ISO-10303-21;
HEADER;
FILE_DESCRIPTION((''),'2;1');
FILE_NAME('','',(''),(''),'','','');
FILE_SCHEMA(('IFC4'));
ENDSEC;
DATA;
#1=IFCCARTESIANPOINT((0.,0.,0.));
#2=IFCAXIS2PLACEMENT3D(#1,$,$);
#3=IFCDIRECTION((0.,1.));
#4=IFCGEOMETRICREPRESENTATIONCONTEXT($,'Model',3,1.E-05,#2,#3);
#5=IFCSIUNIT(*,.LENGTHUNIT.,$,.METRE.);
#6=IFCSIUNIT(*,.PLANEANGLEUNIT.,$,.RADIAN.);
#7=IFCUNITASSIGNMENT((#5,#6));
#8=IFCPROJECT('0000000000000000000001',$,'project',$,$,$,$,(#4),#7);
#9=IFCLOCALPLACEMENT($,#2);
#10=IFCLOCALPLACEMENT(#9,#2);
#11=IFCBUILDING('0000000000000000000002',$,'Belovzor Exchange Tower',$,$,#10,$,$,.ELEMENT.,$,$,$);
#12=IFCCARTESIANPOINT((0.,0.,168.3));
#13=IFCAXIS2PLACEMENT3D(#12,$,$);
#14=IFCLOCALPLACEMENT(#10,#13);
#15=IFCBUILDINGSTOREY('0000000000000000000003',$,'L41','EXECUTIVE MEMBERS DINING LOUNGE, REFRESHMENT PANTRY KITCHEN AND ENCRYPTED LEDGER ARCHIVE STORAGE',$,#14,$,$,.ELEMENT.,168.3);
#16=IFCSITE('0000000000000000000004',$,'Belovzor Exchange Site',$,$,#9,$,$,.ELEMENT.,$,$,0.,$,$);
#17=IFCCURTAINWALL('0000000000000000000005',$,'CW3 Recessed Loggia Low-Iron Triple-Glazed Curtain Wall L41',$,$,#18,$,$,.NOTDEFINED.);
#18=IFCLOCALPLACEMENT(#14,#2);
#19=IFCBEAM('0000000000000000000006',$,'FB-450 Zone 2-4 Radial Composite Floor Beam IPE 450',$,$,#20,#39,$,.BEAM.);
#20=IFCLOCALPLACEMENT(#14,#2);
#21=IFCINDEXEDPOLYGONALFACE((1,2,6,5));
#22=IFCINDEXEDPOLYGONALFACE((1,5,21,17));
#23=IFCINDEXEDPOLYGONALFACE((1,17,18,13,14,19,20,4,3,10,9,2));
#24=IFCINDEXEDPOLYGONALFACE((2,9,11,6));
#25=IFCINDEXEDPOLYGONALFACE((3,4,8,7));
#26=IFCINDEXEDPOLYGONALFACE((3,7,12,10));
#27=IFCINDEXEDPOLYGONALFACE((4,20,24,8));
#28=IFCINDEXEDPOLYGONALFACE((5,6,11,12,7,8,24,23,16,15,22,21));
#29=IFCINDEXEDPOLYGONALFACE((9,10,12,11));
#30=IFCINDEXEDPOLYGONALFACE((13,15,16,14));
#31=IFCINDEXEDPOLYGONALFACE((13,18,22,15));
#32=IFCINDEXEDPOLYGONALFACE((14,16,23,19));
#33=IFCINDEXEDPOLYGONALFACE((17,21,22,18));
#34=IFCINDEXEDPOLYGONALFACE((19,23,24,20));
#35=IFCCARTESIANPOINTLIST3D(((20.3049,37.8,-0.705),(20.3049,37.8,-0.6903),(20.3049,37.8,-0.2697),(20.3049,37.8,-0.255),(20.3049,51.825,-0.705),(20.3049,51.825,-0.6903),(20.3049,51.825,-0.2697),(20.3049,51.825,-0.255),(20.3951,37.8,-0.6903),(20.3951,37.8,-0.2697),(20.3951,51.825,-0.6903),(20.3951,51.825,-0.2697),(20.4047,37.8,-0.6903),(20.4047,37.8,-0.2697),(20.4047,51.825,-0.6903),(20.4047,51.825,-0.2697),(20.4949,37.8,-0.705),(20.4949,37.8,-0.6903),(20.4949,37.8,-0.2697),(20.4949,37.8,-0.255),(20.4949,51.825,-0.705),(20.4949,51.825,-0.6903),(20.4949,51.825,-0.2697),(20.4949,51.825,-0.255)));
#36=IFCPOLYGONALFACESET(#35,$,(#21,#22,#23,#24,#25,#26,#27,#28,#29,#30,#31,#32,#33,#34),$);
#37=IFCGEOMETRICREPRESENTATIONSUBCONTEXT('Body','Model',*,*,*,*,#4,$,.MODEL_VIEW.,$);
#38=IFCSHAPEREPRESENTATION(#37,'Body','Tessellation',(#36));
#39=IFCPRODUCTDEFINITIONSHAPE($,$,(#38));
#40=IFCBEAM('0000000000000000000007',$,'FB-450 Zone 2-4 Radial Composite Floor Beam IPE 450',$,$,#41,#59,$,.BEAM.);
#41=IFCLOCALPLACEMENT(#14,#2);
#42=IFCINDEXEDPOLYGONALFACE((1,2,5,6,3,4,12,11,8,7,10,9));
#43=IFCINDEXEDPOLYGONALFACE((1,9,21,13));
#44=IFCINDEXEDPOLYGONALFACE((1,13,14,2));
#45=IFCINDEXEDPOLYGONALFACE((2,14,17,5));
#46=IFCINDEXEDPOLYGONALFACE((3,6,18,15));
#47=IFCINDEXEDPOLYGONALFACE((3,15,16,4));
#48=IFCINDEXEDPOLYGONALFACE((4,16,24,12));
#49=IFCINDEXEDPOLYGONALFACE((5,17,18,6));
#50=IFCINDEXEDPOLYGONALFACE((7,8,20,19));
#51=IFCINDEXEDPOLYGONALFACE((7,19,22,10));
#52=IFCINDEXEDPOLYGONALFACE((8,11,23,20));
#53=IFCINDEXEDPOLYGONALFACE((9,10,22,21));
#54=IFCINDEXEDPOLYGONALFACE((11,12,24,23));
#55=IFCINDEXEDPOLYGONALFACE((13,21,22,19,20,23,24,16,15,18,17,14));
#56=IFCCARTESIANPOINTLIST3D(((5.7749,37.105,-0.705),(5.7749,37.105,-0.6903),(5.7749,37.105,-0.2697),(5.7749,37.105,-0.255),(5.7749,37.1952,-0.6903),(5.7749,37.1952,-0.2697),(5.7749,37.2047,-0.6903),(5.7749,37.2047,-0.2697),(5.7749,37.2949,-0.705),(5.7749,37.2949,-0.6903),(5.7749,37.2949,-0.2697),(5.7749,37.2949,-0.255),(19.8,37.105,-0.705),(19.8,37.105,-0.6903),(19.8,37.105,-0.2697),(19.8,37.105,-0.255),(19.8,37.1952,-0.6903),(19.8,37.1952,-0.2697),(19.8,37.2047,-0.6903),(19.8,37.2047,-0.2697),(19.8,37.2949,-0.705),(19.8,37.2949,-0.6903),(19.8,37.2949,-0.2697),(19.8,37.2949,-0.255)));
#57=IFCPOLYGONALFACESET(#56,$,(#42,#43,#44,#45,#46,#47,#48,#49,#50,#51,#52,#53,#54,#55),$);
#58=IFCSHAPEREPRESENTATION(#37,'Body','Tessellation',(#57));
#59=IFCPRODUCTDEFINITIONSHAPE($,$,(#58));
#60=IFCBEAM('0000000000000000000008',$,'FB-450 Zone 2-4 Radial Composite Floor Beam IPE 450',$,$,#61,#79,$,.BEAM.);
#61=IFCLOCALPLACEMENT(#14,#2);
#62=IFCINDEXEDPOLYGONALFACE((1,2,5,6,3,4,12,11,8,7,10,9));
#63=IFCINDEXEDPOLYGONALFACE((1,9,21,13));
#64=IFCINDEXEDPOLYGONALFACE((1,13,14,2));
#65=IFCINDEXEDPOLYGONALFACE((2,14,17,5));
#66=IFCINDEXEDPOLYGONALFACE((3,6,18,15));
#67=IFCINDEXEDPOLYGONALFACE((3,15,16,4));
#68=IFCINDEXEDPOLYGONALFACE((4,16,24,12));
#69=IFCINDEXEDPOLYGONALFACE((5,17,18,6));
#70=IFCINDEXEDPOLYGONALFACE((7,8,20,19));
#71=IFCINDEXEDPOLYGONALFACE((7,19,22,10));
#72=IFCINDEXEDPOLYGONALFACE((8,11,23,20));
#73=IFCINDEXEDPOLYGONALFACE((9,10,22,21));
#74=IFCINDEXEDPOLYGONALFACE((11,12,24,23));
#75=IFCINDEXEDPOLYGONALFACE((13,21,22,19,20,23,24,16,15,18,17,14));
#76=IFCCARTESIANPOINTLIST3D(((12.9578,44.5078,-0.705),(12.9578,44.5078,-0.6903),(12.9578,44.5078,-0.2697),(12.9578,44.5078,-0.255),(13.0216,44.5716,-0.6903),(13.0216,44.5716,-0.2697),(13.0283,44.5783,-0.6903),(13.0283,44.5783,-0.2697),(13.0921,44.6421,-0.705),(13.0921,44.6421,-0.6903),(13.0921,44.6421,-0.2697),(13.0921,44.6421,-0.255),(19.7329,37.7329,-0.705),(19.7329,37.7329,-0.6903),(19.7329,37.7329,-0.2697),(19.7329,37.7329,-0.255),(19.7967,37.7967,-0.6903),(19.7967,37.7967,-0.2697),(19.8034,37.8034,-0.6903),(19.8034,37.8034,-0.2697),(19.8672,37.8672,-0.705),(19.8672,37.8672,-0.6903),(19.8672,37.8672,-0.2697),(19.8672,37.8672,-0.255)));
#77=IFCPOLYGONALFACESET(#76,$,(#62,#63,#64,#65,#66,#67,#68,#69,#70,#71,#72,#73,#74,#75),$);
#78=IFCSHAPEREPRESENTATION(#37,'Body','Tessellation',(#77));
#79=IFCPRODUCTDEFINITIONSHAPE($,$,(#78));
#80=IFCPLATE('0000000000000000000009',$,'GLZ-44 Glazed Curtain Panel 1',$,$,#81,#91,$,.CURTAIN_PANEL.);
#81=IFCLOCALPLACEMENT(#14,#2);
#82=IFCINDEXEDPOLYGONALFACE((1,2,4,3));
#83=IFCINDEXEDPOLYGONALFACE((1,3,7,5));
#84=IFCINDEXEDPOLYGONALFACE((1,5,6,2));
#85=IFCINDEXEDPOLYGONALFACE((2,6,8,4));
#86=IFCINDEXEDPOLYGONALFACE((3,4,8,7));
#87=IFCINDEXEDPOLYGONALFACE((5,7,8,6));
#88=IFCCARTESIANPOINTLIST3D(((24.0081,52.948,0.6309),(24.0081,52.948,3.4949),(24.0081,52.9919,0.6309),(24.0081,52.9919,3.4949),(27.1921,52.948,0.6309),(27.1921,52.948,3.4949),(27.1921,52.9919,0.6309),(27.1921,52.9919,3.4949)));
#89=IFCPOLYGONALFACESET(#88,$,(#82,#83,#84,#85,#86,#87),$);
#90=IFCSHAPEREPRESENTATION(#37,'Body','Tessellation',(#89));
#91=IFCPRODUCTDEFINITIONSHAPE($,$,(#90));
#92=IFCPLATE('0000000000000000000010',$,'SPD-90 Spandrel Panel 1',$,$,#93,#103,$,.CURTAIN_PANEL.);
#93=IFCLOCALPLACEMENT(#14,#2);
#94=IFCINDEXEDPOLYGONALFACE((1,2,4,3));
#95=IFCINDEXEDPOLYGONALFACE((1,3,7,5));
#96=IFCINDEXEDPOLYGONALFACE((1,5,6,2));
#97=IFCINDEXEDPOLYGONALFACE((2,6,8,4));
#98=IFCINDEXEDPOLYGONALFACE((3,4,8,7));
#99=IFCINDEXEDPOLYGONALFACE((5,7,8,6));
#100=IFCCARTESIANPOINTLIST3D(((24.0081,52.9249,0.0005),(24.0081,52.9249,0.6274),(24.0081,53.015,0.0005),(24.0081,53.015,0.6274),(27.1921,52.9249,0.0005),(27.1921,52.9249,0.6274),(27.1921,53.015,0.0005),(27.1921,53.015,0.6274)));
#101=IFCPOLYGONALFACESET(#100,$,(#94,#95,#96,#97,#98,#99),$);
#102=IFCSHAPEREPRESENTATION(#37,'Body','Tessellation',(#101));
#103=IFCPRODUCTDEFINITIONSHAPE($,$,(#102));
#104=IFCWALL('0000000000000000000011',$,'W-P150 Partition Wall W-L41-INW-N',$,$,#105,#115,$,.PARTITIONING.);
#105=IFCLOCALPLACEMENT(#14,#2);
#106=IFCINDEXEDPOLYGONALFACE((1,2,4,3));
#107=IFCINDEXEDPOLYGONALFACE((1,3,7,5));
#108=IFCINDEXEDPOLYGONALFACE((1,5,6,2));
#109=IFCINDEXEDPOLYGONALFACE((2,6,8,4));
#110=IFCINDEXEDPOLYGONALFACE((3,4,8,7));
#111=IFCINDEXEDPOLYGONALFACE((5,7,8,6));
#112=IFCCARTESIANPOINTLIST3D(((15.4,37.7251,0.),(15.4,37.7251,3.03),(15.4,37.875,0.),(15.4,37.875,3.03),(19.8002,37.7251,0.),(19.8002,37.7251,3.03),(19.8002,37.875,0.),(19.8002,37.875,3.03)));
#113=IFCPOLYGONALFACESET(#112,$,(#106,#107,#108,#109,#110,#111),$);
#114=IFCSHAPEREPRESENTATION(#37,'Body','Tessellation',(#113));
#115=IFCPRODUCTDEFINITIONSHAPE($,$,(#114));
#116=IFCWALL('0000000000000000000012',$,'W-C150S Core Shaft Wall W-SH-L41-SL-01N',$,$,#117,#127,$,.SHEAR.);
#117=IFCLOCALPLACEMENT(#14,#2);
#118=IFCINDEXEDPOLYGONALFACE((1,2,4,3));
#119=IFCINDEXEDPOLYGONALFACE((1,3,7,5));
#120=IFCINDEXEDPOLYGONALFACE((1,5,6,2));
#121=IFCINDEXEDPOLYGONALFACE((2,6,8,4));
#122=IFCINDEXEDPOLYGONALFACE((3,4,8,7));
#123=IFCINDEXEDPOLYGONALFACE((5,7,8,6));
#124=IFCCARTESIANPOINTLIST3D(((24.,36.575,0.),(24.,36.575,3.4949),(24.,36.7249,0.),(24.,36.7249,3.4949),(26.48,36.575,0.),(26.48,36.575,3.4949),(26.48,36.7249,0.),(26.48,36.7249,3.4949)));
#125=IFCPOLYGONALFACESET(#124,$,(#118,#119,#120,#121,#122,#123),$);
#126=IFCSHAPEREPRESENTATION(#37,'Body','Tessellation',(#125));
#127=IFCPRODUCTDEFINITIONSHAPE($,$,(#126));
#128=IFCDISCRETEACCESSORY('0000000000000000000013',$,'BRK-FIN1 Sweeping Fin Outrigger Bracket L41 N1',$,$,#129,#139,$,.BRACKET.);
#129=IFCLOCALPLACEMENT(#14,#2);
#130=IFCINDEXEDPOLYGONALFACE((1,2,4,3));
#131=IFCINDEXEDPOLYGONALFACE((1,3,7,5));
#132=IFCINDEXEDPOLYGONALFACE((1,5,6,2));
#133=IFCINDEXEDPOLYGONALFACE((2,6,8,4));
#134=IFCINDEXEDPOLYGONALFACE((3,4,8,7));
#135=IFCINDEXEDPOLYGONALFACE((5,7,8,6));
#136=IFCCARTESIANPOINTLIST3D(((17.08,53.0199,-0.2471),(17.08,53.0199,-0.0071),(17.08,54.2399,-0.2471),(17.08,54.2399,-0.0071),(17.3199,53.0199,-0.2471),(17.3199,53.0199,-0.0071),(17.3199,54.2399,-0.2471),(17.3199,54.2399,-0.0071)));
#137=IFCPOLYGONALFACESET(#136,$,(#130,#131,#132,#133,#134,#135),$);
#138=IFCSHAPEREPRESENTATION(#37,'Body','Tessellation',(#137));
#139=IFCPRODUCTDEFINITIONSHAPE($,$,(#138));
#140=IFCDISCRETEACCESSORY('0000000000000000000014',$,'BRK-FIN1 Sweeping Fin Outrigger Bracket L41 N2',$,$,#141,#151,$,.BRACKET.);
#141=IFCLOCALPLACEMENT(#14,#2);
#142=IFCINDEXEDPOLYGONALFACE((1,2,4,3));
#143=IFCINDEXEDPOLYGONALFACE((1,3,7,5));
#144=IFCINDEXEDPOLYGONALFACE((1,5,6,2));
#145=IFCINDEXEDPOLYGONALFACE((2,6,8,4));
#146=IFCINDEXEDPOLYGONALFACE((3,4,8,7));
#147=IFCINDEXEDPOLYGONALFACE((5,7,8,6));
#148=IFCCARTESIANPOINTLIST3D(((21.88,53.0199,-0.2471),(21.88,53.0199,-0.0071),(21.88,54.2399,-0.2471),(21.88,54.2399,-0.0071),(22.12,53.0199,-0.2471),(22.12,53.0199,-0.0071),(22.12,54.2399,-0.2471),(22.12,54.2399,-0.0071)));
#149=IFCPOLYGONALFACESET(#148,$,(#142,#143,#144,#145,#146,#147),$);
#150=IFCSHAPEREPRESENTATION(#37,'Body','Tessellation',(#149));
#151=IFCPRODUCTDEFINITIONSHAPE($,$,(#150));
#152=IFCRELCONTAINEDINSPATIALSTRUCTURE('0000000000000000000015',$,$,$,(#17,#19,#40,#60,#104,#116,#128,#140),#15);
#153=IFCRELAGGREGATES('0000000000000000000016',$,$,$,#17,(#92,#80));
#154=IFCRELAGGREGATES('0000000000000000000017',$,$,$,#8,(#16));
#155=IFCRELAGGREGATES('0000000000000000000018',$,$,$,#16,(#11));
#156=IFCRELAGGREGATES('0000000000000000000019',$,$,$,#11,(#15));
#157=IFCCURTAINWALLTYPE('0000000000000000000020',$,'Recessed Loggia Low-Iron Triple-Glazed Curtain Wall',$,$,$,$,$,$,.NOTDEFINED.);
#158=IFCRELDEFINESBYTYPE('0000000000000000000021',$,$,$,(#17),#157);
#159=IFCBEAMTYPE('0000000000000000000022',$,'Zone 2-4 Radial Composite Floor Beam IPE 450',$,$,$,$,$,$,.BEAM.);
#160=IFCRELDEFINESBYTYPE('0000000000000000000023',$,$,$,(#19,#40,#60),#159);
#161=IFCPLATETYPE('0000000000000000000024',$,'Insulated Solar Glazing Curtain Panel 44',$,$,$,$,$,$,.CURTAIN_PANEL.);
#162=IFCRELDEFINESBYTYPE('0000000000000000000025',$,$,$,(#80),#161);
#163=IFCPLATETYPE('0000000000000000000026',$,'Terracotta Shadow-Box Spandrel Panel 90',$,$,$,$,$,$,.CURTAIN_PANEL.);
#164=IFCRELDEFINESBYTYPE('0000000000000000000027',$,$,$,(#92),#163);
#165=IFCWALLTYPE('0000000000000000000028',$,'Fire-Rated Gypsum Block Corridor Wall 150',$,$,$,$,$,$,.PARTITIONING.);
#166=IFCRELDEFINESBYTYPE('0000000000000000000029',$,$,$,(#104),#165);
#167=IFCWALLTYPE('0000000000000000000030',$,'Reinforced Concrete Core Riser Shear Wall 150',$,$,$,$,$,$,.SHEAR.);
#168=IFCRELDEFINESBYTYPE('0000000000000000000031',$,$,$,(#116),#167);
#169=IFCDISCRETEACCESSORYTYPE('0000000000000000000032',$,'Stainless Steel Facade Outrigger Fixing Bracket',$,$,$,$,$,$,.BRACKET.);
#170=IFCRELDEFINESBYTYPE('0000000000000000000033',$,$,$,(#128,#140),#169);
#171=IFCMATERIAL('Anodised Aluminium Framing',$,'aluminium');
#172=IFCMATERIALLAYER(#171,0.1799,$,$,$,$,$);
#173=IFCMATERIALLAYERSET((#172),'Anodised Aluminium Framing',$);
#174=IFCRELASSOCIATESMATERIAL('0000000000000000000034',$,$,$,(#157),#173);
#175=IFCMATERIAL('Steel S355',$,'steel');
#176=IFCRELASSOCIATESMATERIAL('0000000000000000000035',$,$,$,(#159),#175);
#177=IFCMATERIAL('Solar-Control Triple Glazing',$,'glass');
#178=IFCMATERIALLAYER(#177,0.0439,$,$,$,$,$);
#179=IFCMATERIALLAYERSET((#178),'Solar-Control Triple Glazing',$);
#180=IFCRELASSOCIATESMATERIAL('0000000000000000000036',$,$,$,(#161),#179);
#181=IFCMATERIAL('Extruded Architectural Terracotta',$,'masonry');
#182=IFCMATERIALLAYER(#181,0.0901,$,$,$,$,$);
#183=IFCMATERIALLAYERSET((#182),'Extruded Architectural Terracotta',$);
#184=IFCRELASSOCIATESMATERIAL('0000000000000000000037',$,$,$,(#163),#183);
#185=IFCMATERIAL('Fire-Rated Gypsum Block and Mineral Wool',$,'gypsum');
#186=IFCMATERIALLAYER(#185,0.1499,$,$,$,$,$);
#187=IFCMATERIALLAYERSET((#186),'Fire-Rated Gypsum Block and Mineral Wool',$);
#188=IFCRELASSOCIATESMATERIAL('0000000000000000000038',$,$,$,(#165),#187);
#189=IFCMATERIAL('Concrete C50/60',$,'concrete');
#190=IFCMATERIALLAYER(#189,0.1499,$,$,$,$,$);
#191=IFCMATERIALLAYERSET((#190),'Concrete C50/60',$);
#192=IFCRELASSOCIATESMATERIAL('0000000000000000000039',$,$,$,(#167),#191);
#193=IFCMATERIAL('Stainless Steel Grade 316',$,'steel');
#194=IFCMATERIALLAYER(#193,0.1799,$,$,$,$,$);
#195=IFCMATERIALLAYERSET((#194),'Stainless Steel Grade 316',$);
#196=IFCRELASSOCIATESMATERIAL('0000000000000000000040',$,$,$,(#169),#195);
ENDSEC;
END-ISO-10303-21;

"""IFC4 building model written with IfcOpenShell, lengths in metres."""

from ifc_helpers import new_model, si_unit, direction, frame, frame_2d, origin, origin_2d, place, context, subcontext, project, spatial, rectangle, i_section, extrude, material, layer, layer_set, material_profile, profile_set, type_object, element, aggregate, save


model = new_model("IFC4")

# Units and contexts
model_context = context("Model", 3, precision=1e-05, world=origin(), true_north=direction((0.0, 1.0)))
body_context = subcontext(model_context, "Body", "Model", "MODEL_VIEW")
ifc_project = project(units=[si_unit("LENGTHUNIT", "METRE"), si_unit("PLANEANGLEUNIT", "RADIAN")], contexts=[model_context])

# Site, building, storey
site_placement = place(None, origin())
site = spatial("IfcSite", under=ifc_project, at=site_placement, Name="Belovzor Exchange Site", CompositionType="ELEMENT", RefElevation=0.0)
building_placement = place(site_placement, origin())
building = spatial("IfcBuilding", under=site, at=building_placement, Name="Belovzor Exchange Tower", CompositionType="ELEMENT")
storey_placement = place(building_placement, frame((0.0, 0.0, 168.3)))
storey = spatial("IfcBuildingStorey", under=building, at=storey_placement, Name="L41", Description="EXECUTIVE MEMBERS DINING LOUNGE, REFRESHMENT PANTRY KITCHEN AND ENCRYPTED LEDGER ARCHIVE STORAGE", CompositionType="ELEMENT", Elevation=168.3)

# Curtain wall
ifc_material_1 = material(Name="Anodised Aluminium Framing", Category="aluminium")
ifc_layer_1 = layer(ifc_material_1, 0.1799)
ifc_layer_set_1 = layer_set([ifc_layer_1], Name="Anodised Aluminium Framing")
curtain_wall_type = type_object("IfcCurtainWallType", Name="Recessed Loggia Low-Iron Triple-Glazed Curtain Wall", PredefinedType="NOTDEFINED", material=ifc_layer_set_1)
curtain_wall_placement = place(storey_placement, origin())
curtain_wall = element("IfcCurtainWall", 1, at=curtain_wall_placement, inside=storey, type_object=curtain_wall_type, Name="CW3 Recessed Loggia Low-Iron Triple-Glazed Curtain Wall L41", PredefinedType="NOTDEFINED")

# Beams
ifc_material_2 = material(Name="Steel S355", Category="steel")
ifc_material_profile_1 = material_profile(ifc_material_2, i_section(OverallWidth=0.1899, OverallDepth=0.45, WebThickness=0.0095, FlangeThickness=0.0146, at=origin_2d()))
ifc_profile_set_1 = profile_set([ifc_material_profile_1], Name="Steel S355")
beam_type_1 = type_object("IfcBeamType", Name="Zone 2-4 Radial Composite Floor Beam IPE 450", PredefinedType="BEAM", material=ifc_profile_set_1)
beam_1_placement = place(storey_placement, frame((20.3999, 37.8, -0.48), z_axis=(0.0, 1.0, 0.0), x_axis=(-1.0, 0.0, 0.0)))
element("IfcBeam", 2, at=beam_1_placement, inside=storey, type_object=beam_type_1, Name="FB-450 Zone 2-4 Radial Composite Floor Beam IPE 450", PredefinedType="BEAM", context=body_context, shape_type="SweptSolid", body=[
    extrude(i_section(OverallWidth=0.1899, OverallDepth=0.45, WebThickness=0.0095, FlangeThickness=0.0146, at=origin_2d()), origin(), (0.0, 0.0, 1.0), 14.0249),
])
beam_2_placement = place(storey_placement, frame((19.8, 37.2, -0.48), z_axis=(-1.0, 0.0, 0.0), x_axis=(0.0, -1.0, 0.0)))
element("IfcBeam", 3, at=beam_2_placement, inside=storey, type_object=beam_type_1, Name="FB-450 Zone 2-4 Radial Composite Floor Beam IPE 450", PredefinedType="BEAM", context=body_context, shape_type="SweptSolid", body=[
    extrude(i_section(OverallWidth=0.1899, OverallDepth=0.45, WebThickness=0.0095, FlangeThickness=0.0146, at=origin_2d()), origin(), (0.0, 0.0, 1.0), 14.0251),
])
beam_3_placement = place(storey_placement, frame((19.8, 37.8, -0.48), z_axis=(-0.70712, 0.707094, 0.0), x_axis=(-0.707094, -0.70712, 0.0)))
element("IfcBeam", 4, at=beam_3_placement, inside=storey, type_object=beam_type_1, Name="FB-450 Zone 2-4 Radial Composite Floor Beam IPE 450", PredefinedType="BEAM", context=body_context, shape_type="SweptSolid", body=[
    extrude(i_section(OverallWidth=0.1899, OverallDepth=0.45, WebThickness=0.0095, FlangeThickness=0.0146, at=origin_2d()), origin(), (0.0, 0.0, 1.0), 9.5813),
])

# Plates
ifc_material_3 = material(Name="Solar-Control Triple Glazing", Category="glass")
ifc_layer_2 = layer(ifc_material_3, 0.0439)
ifc_layer_set_2 = layer_set([ifc_layer_2], Name="Solar-Control Triple Glazing")
plate_type_1 = type_object("IfcPlateType", Name="Insulated Solar Glazing Curtain Panel 44", PredefinedType="CURTAIN_PANEL", material=ifc_layer_set_2)
plate_1_placement = place(storey_placement, frame((25.6001, 52.97, 0.6309), z_axis=(0.0, 0.0, 1.0), x_axis=(1.0, 0.0, 0.0)))
plate_1 = element("IfcPlate", 5, at=plate_1_placement, type_object=plate_type_1, Name="GLZ-44 Glazed Curtain Panel 1", PredefinedType="CURTAIN_PANEL", context=body_context, shape_type="SweptSolid", body=[
    extrude(rectangle(XDim=3.1841, YDim=0.0439, at=origin_2d()), origin(), (0.0, 0.0, 1.0), 2.864),
])
ifc_material_4 = material(Name="Extruded Architectural Terracotta", Category="masonry")
ifc_layer_3 = layer(ifc_material_4, 0.0901)
ifc_layer_set_3 = layer_set([ifc_layer_3], Name="Extruded Architectural Terracotta")
plate_type_2 = type_object("IfcPlateType", Name="Terracotta Shadow-Box Spandrel Panel 90", PredefinedType="CURTAIN_PANEL", material=ifc_layer_set_3)
plate_2_placement = place(storey_placement, frame((25.6001, 52.97, 0.0005), z_axis=(0.0, 0.0, 1.0), x_axis=(1.0, 0.0, 0.0)))
plate_2 = element("IfcPlate", 6, at=plate_2_placement, type_object=plate_type_2, Name="SPD-90 Spandrel Panel 1", PredefinedType="CURTAIN_PANEL", context=body_context, shape_type="SweptSolid", body=[
    extrude(rectangle(XDim=3.1841, YDim=0.0901, at=origin_2d()), origin(), (0.0, 0.0, 1.0), 0.627),
])
aggregate(curtain_wall, [plate_2, plate_1])

# Walls
ifc_material_5 = material(Name="Fire-Rated Gypsum Block and Mineral Wool", Category="gypsum")
ifc_layer_4 = layer(ifc_material_5, 0.1499)
ifc_layer_set_4 = layer_set([ifc_layer_4], Name="Fire-Rated Gypsum Block and Mineral Wool")
wall_type_1 = type_object("IfcWallType", Name="Fire-Rated Gypsum Block Corridor Wall 150", PredefinedType="PARTITIONING", material=ifc_layer_set_4)
wall_1_placement = place(storey_placement, frame((15.3999, 37.8, 0.0), z_axis=(0.0, 0.0, 1.0), x_axis=(1.0, 0.0, 0.0)))
element("IfcWall", 7, at=wall_1_placement, inside=storey, type_object=wall_type_1, Name="W-P150 Partition Wall W-L41-INW-N", PredefinedType="PARTITIONING", context=body_context, shape_type="SweptSolid", body=[
    extrude(rectangle(XDim=4.4001, YDim=0.1499, at=frame_2d((2.2002, 0.0))), origin(), (0.0, 0.0, 1.0), 3.03),
])
ifc_material_6 = material(Name="Concrete C50/60", Category="concrete")
ifc_layer_5 = layer(ifc_material_6, 0.1499)
ifc_layer_set_5 = layer_set([ifc_layer_5], Name="Concrete C50/60")
wall_type_2 = type_object("IfcWallType", Name="Reinforced Concrete Core Riser Shear Wall 150", PredefinedType="SHEAR", material=ifc_layer_set_5)
wall_2_placement = place(storey_placement, frame((24.0, 36.6499, 0.0), z_axis=(0.0, 0.0, 1.0), x_axis=(1.0, 0.0, 0.0)))
element("IfcWall", 8, at=wall_2_placement, inside=storey, type_object=wall_type_2, Name="W-C150S Core Shaft Wall W-SH-L41-SL-01N", PredefinedType="SHEAR", context=body_context, shape_type="SweptSolid", body=[
    extrude(rectangle(XDim=2.48, YDim=0.1499, at=frame_2d((1.24, 0.0))), origin(), (0.0, 0.0, 1.0), 3.4949),
])

# Discrete accessories
ifc_material_7 = material(Name="Stainless Steel Grade 316", Category="steel")
ifc_layer_6 = layer(ifc_material_7, 0.1799)
ifc_layer_set_6 = layer_set([ifc_layer_6], Name="Stainless Steel Grade 316")
discrete_accessory_type = type_object("IfcDiscreteAccessoryType", Name="Stainless Steel Facade Outrigger Fixing Bracket", PredefinedType="BRACKET", material=ifc_layer_set_6)
for number, where, z_axis, x_axis, name in (
    (9, (17.2, 53.6299, -0.2471), (0.0, 0.0, 1.0), (0.0, 1.0, 0.0), "BRK-FIN1 Sweeping Fin Outrigger Bracket L41 N1"),
    (10, (22.0, 53.6299, -0.2471), (0.0, 0.0, 1.0), (0.0, 1.0, 0.0), "BRK-FIN1 Sweeping Fin Outrigger Bracket L41 N2"),
):
    element("IfcDiscreteAccessory", number, at=place(storey_placement, frame(where, z_axis=z_axis, x_axis=x_axis)), inside=storey, type_object=discrete_accessory_type, Name=name, PredefinedType="BRACKET", context=body_context, shape_type="SweptSolid", body=[
        extrude(rectangle(XDim=1.22, YDim=0.24, at=origin_2d()), origin(), (0.0, 0.0, 1.0), 0.24),
    ])

save(model, "model.ifc")
